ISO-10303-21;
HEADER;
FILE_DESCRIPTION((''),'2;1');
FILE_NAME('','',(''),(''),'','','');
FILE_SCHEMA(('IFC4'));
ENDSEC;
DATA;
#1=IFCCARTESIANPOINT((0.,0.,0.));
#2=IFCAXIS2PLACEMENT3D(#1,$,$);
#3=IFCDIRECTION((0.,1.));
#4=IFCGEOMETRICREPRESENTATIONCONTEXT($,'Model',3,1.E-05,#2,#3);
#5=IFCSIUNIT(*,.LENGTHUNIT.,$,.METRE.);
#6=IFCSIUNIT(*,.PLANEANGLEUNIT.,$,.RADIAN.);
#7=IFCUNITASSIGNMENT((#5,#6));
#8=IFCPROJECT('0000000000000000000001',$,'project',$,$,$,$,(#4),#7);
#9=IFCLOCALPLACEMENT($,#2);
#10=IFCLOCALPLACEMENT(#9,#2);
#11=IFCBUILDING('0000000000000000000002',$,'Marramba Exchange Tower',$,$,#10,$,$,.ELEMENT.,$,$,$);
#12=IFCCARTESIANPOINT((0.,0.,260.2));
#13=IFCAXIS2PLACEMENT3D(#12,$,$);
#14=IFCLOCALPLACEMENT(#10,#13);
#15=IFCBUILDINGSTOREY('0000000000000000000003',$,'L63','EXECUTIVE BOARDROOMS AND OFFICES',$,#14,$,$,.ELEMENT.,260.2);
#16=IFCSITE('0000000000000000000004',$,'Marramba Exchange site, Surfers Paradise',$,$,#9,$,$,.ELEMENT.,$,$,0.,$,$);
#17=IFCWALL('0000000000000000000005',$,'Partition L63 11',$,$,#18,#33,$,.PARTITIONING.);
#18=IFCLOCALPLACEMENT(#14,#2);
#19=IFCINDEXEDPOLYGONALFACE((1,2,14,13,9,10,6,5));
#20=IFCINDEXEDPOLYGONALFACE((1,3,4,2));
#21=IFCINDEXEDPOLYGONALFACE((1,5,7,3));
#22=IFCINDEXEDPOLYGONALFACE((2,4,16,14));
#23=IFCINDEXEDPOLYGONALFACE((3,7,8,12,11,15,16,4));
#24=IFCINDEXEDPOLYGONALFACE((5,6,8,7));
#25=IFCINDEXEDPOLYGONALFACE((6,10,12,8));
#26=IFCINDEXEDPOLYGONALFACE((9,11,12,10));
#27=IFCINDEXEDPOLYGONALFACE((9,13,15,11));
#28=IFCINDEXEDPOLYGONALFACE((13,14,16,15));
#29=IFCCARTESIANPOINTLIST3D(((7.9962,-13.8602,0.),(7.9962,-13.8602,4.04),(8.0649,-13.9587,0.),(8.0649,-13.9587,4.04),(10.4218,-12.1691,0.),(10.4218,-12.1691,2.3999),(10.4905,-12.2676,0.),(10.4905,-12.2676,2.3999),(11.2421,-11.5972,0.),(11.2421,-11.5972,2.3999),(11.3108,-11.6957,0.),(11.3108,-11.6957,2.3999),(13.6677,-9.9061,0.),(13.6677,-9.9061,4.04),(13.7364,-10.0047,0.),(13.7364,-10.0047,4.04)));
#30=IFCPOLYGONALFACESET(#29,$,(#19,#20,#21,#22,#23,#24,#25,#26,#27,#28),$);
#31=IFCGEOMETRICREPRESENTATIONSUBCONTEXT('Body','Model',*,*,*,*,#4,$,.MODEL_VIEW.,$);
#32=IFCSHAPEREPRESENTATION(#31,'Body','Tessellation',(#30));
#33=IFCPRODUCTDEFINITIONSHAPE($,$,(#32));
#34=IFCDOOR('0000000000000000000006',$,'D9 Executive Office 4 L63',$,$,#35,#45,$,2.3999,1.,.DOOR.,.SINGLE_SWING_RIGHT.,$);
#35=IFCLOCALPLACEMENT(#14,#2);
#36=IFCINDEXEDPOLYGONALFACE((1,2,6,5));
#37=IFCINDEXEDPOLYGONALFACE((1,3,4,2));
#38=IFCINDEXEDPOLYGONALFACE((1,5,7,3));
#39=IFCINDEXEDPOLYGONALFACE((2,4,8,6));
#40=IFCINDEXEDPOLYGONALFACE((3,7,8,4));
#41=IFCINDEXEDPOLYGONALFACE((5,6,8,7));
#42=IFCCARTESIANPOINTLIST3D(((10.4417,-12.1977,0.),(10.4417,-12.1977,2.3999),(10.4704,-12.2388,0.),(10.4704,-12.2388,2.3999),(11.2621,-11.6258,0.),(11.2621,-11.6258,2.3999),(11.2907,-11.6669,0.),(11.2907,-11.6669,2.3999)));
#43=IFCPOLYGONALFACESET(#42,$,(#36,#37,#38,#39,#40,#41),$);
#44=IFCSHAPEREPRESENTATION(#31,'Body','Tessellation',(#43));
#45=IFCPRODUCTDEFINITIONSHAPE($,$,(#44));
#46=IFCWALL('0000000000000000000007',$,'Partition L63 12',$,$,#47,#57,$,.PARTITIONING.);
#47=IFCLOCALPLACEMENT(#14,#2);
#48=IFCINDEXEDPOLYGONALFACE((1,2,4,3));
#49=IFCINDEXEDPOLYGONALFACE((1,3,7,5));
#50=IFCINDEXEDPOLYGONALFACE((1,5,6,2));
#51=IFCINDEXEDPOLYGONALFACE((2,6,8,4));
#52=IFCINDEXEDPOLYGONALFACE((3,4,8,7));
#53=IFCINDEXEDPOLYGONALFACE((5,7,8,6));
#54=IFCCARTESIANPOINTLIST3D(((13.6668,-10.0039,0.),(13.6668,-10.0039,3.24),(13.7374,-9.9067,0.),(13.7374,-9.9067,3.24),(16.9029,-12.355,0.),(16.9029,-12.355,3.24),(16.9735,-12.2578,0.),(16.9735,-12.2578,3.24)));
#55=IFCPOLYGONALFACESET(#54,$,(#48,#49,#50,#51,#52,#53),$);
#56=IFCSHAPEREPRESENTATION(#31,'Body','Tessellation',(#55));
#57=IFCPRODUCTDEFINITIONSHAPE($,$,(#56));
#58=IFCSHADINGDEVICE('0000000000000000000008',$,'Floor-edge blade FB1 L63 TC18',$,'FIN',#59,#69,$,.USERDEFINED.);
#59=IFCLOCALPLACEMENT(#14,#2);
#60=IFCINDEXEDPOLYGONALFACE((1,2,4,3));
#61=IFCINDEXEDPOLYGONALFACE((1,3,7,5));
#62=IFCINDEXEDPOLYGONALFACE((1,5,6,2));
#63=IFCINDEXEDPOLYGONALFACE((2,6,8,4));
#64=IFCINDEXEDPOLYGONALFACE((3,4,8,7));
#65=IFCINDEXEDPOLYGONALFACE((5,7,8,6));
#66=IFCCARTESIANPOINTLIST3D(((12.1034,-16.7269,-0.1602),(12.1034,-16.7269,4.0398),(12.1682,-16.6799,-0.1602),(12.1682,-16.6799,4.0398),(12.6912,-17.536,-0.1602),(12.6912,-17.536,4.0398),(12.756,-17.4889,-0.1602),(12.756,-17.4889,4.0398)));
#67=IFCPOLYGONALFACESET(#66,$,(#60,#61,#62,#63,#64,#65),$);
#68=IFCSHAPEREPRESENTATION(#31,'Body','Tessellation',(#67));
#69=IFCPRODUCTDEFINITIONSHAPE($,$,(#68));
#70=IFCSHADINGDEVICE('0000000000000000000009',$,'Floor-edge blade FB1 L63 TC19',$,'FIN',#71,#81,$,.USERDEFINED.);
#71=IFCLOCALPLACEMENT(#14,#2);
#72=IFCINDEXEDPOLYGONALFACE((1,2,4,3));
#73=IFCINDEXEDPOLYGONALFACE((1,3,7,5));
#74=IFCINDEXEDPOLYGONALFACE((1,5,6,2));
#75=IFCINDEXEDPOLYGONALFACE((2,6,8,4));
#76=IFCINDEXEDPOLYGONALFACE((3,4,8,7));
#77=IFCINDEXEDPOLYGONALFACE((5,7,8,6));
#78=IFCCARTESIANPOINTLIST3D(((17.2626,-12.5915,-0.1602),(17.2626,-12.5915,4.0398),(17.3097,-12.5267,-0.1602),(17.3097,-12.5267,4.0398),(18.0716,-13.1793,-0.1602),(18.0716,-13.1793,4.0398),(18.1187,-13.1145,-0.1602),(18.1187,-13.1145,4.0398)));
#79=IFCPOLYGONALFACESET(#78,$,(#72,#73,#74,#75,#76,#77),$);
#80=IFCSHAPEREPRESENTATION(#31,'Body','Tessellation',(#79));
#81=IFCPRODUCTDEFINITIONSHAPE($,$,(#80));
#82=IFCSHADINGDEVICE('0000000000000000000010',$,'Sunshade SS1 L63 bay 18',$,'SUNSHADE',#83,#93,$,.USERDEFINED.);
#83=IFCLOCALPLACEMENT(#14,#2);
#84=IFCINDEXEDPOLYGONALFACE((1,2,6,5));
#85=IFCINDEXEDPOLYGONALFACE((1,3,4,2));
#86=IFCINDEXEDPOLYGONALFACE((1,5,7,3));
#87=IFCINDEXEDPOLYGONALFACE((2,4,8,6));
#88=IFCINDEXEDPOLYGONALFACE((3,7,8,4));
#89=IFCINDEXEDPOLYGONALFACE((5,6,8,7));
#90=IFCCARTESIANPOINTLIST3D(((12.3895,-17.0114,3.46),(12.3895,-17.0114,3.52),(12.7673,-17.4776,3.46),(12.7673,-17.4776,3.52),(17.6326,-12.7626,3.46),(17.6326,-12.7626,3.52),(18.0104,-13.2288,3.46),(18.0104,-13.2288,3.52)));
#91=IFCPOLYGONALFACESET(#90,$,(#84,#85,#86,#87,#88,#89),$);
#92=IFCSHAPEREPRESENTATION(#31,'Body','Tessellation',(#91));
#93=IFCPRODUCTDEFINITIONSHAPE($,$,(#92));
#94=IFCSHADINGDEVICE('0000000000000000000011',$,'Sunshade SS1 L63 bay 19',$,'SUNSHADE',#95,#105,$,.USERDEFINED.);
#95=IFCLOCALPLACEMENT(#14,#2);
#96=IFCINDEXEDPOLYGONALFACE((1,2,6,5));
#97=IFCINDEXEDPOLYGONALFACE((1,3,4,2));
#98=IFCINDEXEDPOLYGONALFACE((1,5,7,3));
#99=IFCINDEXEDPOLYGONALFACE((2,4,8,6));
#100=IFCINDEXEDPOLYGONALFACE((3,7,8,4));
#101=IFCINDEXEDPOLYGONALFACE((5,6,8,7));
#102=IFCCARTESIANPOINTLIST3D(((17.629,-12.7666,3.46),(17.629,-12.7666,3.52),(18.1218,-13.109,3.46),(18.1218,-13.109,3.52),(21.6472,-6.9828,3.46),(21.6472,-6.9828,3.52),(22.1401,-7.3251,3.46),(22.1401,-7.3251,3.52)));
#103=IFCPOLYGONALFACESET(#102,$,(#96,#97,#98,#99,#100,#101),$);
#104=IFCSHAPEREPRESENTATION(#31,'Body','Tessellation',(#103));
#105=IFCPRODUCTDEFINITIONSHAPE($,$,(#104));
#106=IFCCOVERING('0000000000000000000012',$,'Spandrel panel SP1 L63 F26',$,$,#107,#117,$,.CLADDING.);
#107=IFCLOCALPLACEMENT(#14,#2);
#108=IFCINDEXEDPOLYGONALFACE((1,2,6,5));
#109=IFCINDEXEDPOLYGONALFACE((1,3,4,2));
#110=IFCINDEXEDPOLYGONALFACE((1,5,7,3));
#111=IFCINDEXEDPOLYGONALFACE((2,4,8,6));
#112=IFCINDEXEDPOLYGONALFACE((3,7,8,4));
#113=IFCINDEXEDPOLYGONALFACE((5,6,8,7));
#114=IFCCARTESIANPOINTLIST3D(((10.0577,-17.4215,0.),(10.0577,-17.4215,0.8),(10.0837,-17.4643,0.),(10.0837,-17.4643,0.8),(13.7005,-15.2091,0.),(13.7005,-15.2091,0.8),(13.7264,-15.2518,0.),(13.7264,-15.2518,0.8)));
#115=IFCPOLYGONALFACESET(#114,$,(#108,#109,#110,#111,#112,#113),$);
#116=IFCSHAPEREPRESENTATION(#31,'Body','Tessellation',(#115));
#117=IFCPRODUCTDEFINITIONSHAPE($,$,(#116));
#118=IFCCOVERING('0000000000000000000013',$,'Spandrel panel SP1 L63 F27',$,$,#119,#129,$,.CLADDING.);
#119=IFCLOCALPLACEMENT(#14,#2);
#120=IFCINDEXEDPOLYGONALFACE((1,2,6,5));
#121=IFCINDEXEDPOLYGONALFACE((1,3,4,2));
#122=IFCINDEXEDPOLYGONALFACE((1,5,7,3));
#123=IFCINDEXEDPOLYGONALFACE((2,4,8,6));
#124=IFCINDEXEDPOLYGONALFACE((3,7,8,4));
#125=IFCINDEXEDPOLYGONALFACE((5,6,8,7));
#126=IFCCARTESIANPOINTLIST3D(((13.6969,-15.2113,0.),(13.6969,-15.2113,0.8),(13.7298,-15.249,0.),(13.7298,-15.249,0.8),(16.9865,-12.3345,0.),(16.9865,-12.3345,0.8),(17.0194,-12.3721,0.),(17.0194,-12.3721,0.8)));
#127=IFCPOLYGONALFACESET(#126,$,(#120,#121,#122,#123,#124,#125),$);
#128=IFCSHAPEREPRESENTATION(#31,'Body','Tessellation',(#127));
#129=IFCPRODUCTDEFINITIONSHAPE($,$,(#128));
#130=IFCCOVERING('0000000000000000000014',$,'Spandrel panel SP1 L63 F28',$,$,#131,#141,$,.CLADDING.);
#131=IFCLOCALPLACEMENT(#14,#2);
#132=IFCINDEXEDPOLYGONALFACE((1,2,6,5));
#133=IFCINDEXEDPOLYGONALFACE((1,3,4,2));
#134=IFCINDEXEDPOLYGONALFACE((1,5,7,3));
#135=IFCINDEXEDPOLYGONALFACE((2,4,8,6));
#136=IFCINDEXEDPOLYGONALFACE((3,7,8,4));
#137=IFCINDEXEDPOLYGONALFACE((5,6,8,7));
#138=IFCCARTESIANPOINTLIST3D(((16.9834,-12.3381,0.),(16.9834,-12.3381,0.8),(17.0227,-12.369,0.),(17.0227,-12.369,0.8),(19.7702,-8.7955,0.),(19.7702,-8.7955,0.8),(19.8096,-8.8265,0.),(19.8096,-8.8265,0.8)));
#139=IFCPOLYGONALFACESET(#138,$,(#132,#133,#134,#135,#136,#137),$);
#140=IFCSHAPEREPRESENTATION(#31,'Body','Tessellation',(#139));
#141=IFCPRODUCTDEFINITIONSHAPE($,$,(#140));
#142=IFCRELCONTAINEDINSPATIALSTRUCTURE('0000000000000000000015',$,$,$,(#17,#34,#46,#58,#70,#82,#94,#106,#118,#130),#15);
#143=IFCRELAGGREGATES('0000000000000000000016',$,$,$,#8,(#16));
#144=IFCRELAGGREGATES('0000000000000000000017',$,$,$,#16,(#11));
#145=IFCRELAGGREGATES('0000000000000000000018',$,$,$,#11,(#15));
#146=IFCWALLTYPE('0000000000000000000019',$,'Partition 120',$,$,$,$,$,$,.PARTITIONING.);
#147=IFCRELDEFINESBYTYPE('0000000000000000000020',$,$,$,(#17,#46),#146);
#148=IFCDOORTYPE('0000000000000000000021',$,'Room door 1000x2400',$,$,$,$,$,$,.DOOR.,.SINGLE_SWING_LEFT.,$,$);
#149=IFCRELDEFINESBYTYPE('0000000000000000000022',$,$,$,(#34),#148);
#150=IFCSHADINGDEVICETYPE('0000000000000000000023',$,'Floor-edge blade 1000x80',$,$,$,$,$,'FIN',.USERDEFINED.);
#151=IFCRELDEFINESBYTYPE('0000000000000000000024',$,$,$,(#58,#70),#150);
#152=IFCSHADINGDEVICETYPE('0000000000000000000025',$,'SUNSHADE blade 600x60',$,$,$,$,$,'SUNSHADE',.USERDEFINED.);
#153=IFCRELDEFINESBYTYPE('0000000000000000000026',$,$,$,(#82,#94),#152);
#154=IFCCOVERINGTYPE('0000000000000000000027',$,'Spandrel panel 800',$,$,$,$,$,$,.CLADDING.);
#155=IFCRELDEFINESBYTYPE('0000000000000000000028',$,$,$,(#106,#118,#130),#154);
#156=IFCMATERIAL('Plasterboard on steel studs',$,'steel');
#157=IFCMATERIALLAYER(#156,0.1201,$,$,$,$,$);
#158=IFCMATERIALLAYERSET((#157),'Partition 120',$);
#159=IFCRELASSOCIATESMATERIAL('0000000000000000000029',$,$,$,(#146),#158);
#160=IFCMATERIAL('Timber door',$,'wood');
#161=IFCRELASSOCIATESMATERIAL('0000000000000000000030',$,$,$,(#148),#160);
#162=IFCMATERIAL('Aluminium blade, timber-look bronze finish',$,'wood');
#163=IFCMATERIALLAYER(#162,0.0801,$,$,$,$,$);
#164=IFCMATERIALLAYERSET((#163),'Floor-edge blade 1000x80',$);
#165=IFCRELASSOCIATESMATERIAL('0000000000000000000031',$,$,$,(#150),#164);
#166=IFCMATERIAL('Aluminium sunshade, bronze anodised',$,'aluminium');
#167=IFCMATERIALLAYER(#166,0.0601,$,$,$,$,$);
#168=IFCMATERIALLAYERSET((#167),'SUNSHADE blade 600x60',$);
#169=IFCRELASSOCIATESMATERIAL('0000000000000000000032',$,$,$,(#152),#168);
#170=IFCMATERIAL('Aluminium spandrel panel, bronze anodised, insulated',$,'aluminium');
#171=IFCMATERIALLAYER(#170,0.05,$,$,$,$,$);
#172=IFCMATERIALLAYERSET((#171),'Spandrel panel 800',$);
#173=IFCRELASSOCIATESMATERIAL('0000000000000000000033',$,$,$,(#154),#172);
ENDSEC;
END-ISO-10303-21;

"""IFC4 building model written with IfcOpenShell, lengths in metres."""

from ifc_helpers import new_model, si_unit, direction, frame, frame_2d, origin, origin_2d, place, context, subcontext, project, spatial, rectangle, extrude, material, layer, layer_set, type_object, element, fill, save


model = new_model("IFC4")

# Units and contexts
model_context = context("Model", 3, precision=1e-05, world=origin(), true_north=direction((0.0, 1.0)))
body_context = subcontext(model_context, "Body", "Model", "MODEL_VIEW")
ifc_project = project(units=[si_unit("LENGTHUNIT", "METRE"), si_unit("PLANEANGLEUNIT", "RADIAN")], contexts=[model_context])

# Site, building, storey
site_placement = place(None, origin())
site = spatial("IfcSite", under=ifc_project, at=site_placement, Name="Marramba Exchange site, Surfers Paradise", CompositionType="ELEMENT", RefElevation=0.0)
building_placement = place(site_placement, origin())
building = spatial("IfcBuilding", under=site, at=building_placement, Name="Marramba Exchange Tower", CompositionType="ELEMENT")
storey_placement = place(building_placement, frame((0.0, 0.0, 260.2)))
storey = spatial("IfcBuildingStorey", under=building, at=storey_placement, Name="L63", Description="EXECUTIVE BOARDROOMS AND OFFICES", CompositionType="ELEMENT", Elevation=260.2)

# Wall, opening, door
ifc_material_1 = material(Name="Plasterboard on steel studs", Category="steel")
ifc_layer_1 = layer(ifc_material_1, 0.1201)
ifc_layer_set_1 = layer_set([ifc_layer_1], Name="Partition 120")
wall_type = type_object("IfcWallType", Name="Partition 120", PredefinedType="PARTITIONING", material=ifc_layer_set_1)
wall_1_placement = place(storey_placement, frame((13.7021, -9.9553, 0.0), z_axis=(0.0, 0.0, 1.0), x_axis=(-0.82032, -0.571904, 0.0)))
wall_1 = element("IfcWall", 1, at=wall_1_placement, inside=storey, type_object=wall_type, Name="Partition L63 11", PredefinedType="PARTITIONING", context=body_context, shape_type="SweptSolid", body=[
    extrude(rectangle(XDim=6.9138, YDim=0.1201, at=frame_2d((3.457, 0.0))), origin(), (0.0, 0.0, 1.0), 4.04),
])
opening_placement = place(wall_1_placement, frame((2.957, 0.0, 0.0)))
opening = element("IfcOpeningElement", 2, at=opening_placement, cuts=wall_1, PredefinedType="OPENING", context=body_context, shape_type="SweptSolid", body=[
    extrude(rectangle(XDim=1.0, YDim=2.3999, at=frame_2d((0.5, 1.2))), frame((0.0, 0.0701, 0.0), z_axis=(0.0, -1.0, 0.0), x_axis=(1.0, 0.0, 0.0)), (0.0, 0.0, 1.0), 0.1401),
])
ifc_material_2 = material(Name="Timber door", Category="wood")
door_type = type_object("IfcDoorType", Name="Room door 1000x2400", OperationType="SINGLE_SWING_LEFT", PredefinedType="DOOR", material=ifc_material_2)
door_placement = place(opening_placement, origin())
door = element("IfcDoor", 3, at=door_placement, inside=storey, type_object=door_type, Name="D9 Executive Office 4 L63", OperationType="SINGLE_SWING_RIGHT", OverallHeight=2.3999, OverallWidth=1.0, PredefinedType="DOOR", context=body_context, shape_type="SweptSolid", body=[
    extrude(rectangle(XDim=1.0, YDim=2.3999, at=frame_2d((0.5, 1.2))), frame((0.0, 0.0249, 0.0), z_axis=(0.0, -1.0, 0.0), x_axis=(1.0, 0.0, 0.0)), (0.0, 0.0, 1.0), 0.05),
])
fill(opening, door)

# Wall
wall_2_placement = place(storey_placement, frame((16.9382, -12.3064, 0.0), z_axis=(0.0, 0.0, 1.0), x_axis=(-0.809026, 0.587772, 0.0)))
element("IfcWall", 4, at=wall_2_placement, inside=storey, type_object=wall_type, Name="Partition L63 12", PredefinedType="PARTITIONING", context=body_context, shape_type="SweptSolid", body=[
    extrude(rectangle(XDim=4.0, YDim=0.1201, at=frame_2d((2.0, 0.0))), origin(), (0.0, 0.0, 1.0), 3.24),
])

# Shading devices
ifc_material_3 = material(Name="Aluminium blade, timber-look bronze finish", Category="wood")
ifc_layer_2 = layer(ifc_material_3, 0.0801)
ifc_layer_set_2 = layer_set([ifc_layer_2], Name="Floor-edge blade 1000x80")
shading_device_type_1 = type_object("IfcShadingDeviceType", Name="Floor-edge blade 1000x80", ElementType="FIN", PredefinedType="USERDEFINED", material=ifc_layer_set_2)
for number, where, z_axis, x_axis, name in (
    (5, (12.4297, -17.1079, -0.1602), (0.0, 0.0, 1.0), (0.587785, -0.809017, 0.0), "Floor-edge blade FB1 L63 TC18"),
    (6, (17.6907, -12.853, -0.1602), (0.0, 0.0, 1.0), (0.809017, -0.587785, 0.0), "Floor-edge blade FB1 L63 TC19"),
):
    element("IfcShadingDevice", number, at=place(storey_placement, frame(where, z_axis=z_axis, x_axis=x_axis)), inside=storey, type_object=shading_device_type_1, Name=name, ObjectType="FIN", PredefinedType="USERDEFINED", context=body_context, shape_type="SweptSolid", body=[
        extrude(rectangle(XDim=1.0, YDim=0.0801, at=origin_2d()), origin(), (0.0, 0.0, 1.0), 4.2),
    ])
ifc_material_4 = material(Name="Aluminium sunshade, bronze anodised", Category="aluminium")
ifc_layer_3 = layer(ifc_material_4, 0.0601)
ifc_layer_set_3 = layer_set([ifc_layer_3], Name="SUNSHADE blade 600x60")
shading_device_type_2 = type_object("IfcShadingDeviceType", Name="SUNSHADE blade 600x60", ElementType="SUNSHADE", PredefinedType="USERDEFINED", material=ifc_layer_set_3)
shading_device_1_placement = place(storey_placement, frame((15.2, -15.1201, 3.46), z_axis=(0.0, 0.0, 1.0), x_axis=(0.776928, 0.62959, 0.0)))
element("IfcShadingDevice", 7, at=shading_device_1_placement, inside=storey, type_object=shading_device_type_2, Name="Sunshade SS1 L63 bay 18", ObjectType="SUNSHADE", PredefinedType="USERDEFINED", context=body_context, shape_type="SweptSolid", body=[
    extrude(rectangle(XDim=6.7485, YDim=0.6001, at=origin_2d()), origin(), (0.0, 0.0, 1.0), 0.0601),
])
shading_device_2_placement = place(storey_placement, frame((19.8845, -10.0459, 3.46), z_axis=(0.0, 0.0, 1.0), x_axis=(0.570558, 0.821257, 0.0)))
element("IfcShadingDevice", 8, at=shading_device_2_placement, inside=storey, type_object=shading_device_type_2, Name="Sunshade SS1 L63 bay 19", ObjectType="SUNSHADE", PredefinedType="USERDEFINED", context=body_context, shape_type="SweptSolid", body=[
    extrude(rectangle(XDim=7.0427, YDim=0.6001, at=origin_2d()), origin(), (0.0, 0.0, 1.0), 0.0601),
])

# Coverings
ifc_material_5 = material(Name="Aluminium spandrel panel, bronze anodised, insulated", Category="aluminium")
ifc_layer_4 = layer(ifc_material_5, 0.05)
ifc_layer_set_4 = layer_set([ifc_layer_4], Name="Spandrel panel 800")
covering_type = type_object("IfcCoveringType", Name="Spandrel panel 800", PredefinedType="CLADDING", material=ifc_layer_set_4)
covering_1_placement = place(storey_placement, frame((11.8921, -16.3367, 0.0), z_axis=(0.0, 0.0, 1.0), x_axis=(0.854704, 0.519115, 0.0)))
element("IfcCovering", 9, at=covering_1_placement, inside=storey, type_object=covering_type, Name="Spandrel panel SP1 L63 F26", PredefinedType="CLADDING", context=body_context, shape_type="SweptSolid", body=[
    extrude(rectangle(XDim=4.262, YDim=0.05, at=origin_2d()), origin(), (0.0, 0.0, 1.0), 0.8),
])
covering_2_placement = place(storey_placement, frame((15.3582, -13.7917, 0.0), z_axis=(0.0, 0.0, 1.0), x_axis=(0.752751, 0.658305, 0.0)))
element("IfcCovering", 10, at=covering_2_placement, inside=storey, type_object=covering_type, Name="Spandrel panel SP1 L63 F27", PredefinedType="CLADDING", context=body_context, shape_type="SweptSolid", body=[
    extrude(rectangle(XDim=4.3701, YDim=0.05, at=origin_2d()), origin(), (0.0, 0.0, 1.0), 0.8),
])
covering_3_placement = place(storey_placement, frame((18.3965, -10.5823, 0.0), z_axis=(0.0, 0.0, 1.0), x_axis=(0.618291, 0.78595, 0.0)))
element("IfcCovering", 11, at=covering_3_placement, inside=storey, type_object=covering_type, Name="Spandrel panel SP1 L63 F28", PredefinedType="CLADDING", context=body_context, shape_type="SweptSolid", body=[
    extrude(rectangle(XDim=4.5073, YDim=0.05, at=origin_2d()), origin(), (0.0, 0.0, 1.0), 0.8),
])

save(model, "model.ifc")
